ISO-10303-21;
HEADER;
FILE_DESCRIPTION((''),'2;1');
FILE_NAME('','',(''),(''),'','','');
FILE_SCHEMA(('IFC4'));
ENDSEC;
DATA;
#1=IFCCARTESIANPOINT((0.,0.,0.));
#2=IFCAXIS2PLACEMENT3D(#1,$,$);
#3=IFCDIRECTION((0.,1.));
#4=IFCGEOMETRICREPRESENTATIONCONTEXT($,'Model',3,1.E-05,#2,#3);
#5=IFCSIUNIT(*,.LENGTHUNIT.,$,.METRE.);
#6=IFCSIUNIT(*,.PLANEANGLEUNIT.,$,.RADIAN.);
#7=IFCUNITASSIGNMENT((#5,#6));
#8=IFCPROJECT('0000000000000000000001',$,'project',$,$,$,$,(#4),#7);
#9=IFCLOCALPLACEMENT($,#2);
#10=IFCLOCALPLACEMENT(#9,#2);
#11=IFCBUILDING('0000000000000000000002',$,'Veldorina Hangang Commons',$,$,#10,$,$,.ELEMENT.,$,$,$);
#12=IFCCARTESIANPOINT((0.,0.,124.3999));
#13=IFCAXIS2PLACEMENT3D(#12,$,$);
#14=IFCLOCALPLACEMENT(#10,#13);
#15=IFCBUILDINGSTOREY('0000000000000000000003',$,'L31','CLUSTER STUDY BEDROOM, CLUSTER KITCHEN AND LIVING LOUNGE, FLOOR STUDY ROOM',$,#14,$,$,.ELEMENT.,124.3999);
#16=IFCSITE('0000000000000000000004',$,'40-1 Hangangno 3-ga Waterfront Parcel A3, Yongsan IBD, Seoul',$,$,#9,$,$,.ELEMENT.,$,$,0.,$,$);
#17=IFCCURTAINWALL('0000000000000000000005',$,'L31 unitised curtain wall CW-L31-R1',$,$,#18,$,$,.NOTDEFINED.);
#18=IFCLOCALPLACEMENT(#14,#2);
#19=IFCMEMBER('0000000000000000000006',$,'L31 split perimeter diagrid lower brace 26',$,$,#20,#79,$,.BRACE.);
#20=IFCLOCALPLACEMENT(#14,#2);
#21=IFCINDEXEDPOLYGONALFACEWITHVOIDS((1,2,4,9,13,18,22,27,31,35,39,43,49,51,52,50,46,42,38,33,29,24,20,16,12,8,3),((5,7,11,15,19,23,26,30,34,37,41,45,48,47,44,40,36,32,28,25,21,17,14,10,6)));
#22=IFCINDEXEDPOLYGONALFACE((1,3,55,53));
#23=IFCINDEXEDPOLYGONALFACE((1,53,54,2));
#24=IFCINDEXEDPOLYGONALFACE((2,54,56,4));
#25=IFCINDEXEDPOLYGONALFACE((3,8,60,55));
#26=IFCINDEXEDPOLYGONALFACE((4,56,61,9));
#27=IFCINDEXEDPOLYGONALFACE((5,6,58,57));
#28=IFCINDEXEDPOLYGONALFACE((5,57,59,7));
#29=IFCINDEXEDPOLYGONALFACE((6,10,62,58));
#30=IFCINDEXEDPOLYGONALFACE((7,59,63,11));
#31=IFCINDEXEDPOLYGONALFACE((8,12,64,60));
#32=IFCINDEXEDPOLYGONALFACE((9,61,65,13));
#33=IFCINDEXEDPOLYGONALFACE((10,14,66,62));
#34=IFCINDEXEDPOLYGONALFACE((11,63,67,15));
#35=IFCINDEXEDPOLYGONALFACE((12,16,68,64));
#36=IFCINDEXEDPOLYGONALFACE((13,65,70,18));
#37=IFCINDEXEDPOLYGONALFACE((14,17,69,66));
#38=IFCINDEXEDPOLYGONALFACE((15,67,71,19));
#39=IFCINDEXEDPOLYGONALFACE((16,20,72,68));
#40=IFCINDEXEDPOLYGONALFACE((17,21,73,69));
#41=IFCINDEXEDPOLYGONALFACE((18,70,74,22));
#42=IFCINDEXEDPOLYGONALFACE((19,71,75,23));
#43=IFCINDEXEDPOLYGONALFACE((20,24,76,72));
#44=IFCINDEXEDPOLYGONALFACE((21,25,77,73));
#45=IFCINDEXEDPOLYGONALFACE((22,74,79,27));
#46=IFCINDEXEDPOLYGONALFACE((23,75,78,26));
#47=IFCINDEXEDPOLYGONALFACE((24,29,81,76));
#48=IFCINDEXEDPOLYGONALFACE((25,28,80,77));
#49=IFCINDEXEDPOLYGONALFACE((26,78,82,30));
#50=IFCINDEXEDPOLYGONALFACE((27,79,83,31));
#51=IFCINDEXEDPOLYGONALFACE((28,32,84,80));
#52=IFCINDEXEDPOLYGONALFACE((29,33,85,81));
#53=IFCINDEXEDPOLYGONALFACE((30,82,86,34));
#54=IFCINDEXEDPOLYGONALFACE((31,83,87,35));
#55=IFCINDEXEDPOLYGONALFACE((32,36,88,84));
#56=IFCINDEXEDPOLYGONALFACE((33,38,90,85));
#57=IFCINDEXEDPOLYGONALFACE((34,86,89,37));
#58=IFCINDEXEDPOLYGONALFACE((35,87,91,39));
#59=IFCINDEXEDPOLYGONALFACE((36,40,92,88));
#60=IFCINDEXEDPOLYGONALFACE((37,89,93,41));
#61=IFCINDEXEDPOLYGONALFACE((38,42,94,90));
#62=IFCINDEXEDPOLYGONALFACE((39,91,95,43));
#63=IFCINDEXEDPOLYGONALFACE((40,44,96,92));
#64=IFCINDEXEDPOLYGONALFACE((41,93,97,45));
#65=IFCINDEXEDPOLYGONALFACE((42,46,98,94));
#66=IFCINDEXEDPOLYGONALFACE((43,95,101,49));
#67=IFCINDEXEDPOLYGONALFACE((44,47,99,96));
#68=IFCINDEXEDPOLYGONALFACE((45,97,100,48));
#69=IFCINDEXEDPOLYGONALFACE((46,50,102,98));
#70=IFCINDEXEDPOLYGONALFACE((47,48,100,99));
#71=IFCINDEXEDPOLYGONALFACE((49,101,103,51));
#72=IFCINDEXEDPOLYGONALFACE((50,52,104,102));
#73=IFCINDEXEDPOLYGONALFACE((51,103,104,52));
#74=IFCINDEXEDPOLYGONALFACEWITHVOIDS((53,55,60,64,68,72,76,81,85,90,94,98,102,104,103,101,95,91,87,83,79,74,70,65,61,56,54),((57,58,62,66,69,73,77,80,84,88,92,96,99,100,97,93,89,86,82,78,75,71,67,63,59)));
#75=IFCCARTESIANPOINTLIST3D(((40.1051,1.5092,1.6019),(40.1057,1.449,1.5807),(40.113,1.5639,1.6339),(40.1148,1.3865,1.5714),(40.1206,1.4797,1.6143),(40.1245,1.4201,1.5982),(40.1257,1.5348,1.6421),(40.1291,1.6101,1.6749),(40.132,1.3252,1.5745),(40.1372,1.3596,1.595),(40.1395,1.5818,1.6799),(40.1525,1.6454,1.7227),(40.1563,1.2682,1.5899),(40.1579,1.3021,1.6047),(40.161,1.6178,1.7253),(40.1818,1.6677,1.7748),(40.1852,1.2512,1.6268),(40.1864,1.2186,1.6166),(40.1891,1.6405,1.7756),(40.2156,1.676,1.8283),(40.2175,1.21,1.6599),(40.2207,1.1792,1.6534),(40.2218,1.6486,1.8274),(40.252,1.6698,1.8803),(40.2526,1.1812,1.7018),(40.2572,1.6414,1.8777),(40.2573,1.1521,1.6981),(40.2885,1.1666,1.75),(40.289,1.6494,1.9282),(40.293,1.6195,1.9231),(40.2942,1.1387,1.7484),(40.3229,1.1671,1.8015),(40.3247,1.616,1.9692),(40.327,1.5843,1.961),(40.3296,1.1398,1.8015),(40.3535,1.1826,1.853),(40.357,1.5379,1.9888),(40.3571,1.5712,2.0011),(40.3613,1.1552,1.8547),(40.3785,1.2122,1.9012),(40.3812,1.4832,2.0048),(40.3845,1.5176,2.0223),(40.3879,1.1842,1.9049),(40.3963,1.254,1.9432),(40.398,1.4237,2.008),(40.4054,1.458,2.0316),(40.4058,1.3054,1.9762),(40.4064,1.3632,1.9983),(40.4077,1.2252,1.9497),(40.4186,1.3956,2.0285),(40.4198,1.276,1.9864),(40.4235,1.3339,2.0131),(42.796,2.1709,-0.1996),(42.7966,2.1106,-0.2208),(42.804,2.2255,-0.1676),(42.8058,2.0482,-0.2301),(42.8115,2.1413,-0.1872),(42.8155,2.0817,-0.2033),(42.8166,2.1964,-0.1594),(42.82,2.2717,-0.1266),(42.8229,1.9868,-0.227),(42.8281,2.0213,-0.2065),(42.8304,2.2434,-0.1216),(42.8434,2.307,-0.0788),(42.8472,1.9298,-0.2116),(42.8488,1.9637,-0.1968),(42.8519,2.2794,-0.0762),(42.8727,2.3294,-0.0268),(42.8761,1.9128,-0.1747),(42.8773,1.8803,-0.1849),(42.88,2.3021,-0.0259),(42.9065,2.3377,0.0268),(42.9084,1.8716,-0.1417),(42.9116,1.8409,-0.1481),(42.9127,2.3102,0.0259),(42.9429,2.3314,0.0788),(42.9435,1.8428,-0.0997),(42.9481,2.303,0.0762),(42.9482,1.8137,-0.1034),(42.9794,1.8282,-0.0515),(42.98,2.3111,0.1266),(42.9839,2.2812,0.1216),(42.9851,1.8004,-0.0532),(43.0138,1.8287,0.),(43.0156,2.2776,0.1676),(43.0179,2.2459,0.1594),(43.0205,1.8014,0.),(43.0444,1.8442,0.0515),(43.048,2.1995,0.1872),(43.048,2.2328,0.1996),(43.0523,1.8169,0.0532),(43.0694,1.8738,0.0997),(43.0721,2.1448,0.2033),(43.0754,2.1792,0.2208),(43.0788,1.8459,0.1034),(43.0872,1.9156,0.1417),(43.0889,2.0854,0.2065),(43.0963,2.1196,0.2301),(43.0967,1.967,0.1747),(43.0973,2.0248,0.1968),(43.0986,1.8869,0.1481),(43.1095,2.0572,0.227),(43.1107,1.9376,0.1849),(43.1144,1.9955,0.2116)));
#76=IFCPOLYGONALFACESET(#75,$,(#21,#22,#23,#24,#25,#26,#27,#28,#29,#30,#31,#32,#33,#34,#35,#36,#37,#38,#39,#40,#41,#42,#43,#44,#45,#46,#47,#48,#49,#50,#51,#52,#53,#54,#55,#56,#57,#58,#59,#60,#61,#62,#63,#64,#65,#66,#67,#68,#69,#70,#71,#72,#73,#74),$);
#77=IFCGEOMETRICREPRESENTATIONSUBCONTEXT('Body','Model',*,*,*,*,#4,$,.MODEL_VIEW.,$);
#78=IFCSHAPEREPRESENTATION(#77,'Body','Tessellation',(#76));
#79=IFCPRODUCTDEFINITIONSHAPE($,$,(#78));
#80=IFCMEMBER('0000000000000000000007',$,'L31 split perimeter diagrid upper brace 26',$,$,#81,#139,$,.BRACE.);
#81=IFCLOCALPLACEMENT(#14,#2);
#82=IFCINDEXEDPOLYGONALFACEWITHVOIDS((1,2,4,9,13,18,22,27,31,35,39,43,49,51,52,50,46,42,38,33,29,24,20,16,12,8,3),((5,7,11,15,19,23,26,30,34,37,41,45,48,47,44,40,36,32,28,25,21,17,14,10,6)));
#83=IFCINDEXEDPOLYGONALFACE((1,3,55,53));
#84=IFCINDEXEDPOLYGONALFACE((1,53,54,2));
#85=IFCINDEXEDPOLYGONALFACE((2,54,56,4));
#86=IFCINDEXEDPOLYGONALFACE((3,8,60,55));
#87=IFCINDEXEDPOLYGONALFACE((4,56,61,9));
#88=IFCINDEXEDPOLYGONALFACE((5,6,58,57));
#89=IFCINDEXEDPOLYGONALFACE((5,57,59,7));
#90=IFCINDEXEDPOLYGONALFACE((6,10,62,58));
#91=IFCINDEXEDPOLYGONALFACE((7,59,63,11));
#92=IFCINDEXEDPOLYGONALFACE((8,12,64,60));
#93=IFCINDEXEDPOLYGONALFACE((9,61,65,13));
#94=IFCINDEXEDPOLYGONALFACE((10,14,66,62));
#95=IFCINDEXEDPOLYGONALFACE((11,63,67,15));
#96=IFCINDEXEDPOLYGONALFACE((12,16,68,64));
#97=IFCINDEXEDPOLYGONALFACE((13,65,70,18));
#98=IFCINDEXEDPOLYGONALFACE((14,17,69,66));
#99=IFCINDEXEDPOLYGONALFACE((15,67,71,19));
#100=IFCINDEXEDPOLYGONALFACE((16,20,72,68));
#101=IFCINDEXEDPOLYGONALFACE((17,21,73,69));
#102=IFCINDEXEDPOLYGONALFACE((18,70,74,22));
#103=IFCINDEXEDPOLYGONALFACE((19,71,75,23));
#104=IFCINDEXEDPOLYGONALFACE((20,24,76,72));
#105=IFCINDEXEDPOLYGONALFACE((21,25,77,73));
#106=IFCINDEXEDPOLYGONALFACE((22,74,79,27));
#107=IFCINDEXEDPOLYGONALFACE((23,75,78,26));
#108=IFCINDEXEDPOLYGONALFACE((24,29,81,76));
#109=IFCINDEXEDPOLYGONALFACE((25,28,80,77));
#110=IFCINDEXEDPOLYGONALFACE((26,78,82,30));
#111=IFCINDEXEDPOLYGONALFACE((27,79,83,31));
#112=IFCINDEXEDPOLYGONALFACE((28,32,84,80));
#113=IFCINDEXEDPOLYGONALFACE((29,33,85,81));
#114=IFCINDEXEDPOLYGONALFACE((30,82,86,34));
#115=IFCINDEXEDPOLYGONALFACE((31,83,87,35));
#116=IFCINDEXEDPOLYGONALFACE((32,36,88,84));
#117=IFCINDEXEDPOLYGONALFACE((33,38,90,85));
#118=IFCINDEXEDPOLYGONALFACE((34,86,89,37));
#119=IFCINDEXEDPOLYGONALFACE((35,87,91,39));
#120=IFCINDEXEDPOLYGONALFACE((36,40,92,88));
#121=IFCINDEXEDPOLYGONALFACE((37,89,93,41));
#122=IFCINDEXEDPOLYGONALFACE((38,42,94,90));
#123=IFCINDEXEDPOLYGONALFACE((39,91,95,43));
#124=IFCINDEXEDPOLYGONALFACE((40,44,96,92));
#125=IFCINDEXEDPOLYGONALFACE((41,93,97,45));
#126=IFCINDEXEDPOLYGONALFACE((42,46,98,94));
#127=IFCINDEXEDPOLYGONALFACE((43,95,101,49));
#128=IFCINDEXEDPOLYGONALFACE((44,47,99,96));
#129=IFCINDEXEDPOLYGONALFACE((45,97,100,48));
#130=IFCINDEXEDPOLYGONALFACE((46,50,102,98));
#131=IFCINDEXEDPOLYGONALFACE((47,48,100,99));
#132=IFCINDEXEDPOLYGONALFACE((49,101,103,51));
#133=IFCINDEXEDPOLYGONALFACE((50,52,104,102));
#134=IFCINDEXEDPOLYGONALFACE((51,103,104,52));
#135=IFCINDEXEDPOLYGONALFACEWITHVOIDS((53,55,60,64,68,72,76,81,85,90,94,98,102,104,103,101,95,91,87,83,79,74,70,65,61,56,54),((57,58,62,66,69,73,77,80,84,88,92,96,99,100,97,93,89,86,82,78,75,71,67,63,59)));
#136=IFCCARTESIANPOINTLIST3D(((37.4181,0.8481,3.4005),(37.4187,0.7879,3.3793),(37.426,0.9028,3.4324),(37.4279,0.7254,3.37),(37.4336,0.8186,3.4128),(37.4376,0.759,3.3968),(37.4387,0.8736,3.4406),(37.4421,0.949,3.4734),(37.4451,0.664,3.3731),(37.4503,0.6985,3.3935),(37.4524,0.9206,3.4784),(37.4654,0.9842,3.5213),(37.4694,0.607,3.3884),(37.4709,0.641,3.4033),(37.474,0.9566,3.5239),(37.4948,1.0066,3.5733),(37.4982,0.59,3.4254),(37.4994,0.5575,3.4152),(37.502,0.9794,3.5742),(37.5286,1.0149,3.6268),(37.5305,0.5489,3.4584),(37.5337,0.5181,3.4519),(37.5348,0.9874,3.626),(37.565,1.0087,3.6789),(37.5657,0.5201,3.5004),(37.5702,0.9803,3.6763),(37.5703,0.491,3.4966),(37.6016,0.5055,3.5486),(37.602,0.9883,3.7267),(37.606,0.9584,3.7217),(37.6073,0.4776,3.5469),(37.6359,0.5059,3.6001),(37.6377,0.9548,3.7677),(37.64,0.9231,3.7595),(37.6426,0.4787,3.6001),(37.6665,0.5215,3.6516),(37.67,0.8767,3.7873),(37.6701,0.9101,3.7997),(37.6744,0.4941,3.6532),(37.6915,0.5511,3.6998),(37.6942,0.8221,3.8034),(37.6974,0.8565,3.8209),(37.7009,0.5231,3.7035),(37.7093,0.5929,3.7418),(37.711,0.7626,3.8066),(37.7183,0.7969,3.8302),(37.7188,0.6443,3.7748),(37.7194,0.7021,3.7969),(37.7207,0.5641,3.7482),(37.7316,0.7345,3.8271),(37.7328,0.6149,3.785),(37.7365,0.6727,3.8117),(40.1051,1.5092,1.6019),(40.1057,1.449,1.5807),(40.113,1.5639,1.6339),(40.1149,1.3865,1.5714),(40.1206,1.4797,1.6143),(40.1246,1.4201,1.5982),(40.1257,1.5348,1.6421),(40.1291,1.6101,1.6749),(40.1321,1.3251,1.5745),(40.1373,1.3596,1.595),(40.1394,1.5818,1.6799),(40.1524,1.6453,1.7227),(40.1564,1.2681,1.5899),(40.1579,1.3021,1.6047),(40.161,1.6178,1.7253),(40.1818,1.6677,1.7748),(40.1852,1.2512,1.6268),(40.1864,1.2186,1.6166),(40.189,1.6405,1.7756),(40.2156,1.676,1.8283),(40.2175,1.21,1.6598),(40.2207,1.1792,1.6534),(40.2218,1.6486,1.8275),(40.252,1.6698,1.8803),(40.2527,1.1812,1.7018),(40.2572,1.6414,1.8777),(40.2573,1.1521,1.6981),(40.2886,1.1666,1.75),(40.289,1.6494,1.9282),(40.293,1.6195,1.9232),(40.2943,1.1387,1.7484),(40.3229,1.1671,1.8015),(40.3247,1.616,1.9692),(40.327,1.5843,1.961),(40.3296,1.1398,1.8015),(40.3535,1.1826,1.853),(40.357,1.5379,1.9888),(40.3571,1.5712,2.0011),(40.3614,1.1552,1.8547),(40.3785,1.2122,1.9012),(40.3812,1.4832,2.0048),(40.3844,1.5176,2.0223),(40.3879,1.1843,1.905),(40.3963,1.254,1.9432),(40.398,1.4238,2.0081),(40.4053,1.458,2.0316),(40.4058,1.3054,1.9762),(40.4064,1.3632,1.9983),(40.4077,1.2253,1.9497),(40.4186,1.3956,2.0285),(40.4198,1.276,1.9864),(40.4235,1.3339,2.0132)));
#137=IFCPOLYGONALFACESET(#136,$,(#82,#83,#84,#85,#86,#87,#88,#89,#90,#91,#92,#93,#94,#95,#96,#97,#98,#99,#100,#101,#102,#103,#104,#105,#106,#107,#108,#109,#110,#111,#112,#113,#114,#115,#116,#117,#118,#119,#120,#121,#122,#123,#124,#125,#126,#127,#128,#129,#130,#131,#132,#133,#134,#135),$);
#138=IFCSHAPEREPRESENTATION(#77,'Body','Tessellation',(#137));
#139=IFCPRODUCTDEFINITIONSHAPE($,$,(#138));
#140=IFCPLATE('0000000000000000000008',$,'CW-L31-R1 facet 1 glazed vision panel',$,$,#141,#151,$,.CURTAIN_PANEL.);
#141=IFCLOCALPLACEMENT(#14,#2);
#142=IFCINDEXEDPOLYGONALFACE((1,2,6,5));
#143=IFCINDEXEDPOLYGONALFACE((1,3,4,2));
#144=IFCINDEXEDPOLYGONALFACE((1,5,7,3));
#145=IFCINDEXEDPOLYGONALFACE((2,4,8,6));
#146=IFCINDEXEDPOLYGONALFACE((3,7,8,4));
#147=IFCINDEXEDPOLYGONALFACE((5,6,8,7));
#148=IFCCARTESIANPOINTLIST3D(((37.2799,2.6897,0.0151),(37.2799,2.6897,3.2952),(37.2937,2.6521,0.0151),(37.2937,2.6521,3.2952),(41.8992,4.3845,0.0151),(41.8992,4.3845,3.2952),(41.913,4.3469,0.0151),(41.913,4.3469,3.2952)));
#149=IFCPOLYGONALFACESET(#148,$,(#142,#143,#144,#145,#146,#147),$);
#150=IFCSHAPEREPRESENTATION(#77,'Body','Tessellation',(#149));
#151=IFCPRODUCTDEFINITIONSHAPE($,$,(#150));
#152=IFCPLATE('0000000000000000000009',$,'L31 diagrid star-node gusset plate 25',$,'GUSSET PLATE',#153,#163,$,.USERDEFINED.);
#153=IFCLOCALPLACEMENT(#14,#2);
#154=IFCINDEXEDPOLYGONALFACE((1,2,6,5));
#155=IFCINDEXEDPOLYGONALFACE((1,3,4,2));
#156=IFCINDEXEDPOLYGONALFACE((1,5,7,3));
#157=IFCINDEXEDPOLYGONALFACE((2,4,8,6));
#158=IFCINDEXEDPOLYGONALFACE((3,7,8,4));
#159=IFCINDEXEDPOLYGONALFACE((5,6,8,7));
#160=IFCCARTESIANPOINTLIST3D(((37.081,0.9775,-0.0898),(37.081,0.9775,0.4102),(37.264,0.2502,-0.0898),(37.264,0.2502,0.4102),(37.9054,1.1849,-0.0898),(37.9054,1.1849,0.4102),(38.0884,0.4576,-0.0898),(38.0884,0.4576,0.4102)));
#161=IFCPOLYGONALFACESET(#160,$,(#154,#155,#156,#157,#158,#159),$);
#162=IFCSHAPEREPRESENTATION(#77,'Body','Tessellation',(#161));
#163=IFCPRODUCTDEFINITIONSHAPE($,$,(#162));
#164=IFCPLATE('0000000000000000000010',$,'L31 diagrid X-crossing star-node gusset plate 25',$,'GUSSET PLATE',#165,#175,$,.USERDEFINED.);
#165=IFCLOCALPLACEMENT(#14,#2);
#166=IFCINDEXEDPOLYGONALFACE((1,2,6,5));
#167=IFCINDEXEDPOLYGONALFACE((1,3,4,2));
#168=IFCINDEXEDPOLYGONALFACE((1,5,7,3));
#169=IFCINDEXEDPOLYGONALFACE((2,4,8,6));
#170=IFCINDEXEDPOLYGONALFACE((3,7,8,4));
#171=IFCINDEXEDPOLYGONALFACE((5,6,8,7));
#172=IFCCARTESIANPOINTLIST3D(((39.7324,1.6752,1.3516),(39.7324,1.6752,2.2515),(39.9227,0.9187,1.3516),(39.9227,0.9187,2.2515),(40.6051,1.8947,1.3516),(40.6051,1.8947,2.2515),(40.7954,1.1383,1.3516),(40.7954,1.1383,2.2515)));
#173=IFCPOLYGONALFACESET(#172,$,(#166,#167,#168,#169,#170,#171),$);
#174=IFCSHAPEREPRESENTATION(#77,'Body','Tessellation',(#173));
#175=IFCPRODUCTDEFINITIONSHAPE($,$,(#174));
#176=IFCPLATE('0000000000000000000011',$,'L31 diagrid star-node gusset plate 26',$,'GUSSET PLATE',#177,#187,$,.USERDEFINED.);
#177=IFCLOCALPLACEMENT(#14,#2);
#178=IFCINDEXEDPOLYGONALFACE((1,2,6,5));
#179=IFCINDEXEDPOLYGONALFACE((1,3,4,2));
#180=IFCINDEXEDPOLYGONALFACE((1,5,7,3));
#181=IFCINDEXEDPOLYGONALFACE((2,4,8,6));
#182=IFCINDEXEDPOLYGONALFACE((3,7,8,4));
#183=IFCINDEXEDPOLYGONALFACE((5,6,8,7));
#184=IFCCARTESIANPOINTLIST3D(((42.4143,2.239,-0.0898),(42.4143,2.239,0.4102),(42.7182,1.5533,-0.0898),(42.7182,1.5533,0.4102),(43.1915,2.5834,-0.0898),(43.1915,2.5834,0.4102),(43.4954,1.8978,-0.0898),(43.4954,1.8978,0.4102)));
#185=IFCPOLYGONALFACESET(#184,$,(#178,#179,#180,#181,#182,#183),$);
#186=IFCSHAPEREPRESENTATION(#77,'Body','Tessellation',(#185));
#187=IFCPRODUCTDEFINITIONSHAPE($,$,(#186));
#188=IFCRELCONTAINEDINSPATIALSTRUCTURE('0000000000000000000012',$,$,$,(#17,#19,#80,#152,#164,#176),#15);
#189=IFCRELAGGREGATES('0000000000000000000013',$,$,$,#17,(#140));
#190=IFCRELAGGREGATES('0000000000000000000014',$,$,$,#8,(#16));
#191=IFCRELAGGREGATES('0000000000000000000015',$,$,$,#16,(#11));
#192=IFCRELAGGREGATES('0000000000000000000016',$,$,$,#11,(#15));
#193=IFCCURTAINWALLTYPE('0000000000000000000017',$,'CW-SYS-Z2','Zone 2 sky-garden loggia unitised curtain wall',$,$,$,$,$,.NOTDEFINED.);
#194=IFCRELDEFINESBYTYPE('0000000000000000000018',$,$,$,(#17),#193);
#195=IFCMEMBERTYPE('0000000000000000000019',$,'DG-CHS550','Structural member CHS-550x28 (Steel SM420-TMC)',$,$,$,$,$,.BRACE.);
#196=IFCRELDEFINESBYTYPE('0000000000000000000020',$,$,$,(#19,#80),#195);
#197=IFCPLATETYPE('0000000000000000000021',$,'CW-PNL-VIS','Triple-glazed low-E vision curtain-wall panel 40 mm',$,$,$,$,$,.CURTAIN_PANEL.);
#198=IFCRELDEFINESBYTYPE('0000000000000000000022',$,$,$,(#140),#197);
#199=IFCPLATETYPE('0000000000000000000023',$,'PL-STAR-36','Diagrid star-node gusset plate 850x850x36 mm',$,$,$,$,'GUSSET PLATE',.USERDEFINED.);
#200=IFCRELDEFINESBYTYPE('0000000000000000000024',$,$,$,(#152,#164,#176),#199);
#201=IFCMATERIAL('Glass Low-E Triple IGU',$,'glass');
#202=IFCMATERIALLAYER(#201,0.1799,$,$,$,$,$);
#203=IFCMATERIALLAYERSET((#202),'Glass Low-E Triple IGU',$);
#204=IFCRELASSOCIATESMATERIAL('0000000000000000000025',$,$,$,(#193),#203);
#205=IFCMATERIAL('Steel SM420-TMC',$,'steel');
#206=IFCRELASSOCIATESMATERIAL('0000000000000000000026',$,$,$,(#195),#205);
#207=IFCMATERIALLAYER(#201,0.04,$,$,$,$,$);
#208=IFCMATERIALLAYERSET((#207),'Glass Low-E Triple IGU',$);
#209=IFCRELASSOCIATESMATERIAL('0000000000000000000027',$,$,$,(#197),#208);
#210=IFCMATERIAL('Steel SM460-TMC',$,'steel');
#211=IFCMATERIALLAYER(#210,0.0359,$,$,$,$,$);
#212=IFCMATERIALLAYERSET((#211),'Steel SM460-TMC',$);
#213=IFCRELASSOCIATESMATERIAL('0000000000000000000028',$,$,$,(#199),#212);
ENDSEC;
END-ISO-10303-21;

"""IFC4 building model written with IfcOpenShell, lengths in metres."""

from ifc_helpers import new_model, si_unit, direction, frame, origin, origin_2d, place, context, subcontext, project, spatial, rectangle, hollow_circle, extrude, material, layer, layer_set, material_profile, profile_set, type_object, element, aggregate, save


model = new_model("IFC4")

# Units and contexts
model_context = context("Model", 3, precision=1e-05, world=origin(), true_north=direction((0.0, 1.0)))
body_context = subcontext(model_context, "Body", "Model", "MODEL_VIEW")
ifc_project = project(units=[si_unit("LENGTHUNIT", "METRE"), si_unit("PLANEANGLEUNIT", "RADIAN")], contexts=[model_context])

# Site, building, storey
site_placement = place(None, origin())
site = spatial("IfcSite", under=ifc_project, at=site_placement, Name="40-1 Hangangno 3-ga Waterfront Parcel A3, Yongsan IBD, Seoul", CompositionType="ELEMENT", RefElevation=0.0)
building_placement = place(site_placement, origin())
building = spatial("IfcBuilding", under=site, at=building_placement, Name="Veldorina Hangang Commons", CompositionType="ELEMENT")
storey_placement = place(building_placement, frame((0.0, 0.0, 124.3999)))
storey = spatial("IfcBuildingStorey", under=building, at=storey_placement, Name="L31", Description="CLUSTER STUDY BEDROOM, CLUSTER KITCHEN AND LIVING LOUNGE, FLOOR STUDY ROOM", CompositionType="ELEMENT", Elevation=124.3999)

# Shared definitions
ifc_material_1 = material(Name="Steel SM420-TMC", Category="steel")

# Curtain wall
ifc_material_2 = material(Name="Glass Low-E Triple IGU", Category="glass")
ifc_layer_1 = layer(ifc_material_2, 0.1799)
ifc_layer_set_1 = layer_set([ifc_layer_1], Name="Glass Low-E Triple IGU")
curtain_wall_type = type_object("IfcCurtainWallType", Name="CW-SYS-Z2", Description="Zone 2 sky-garden loggia unitised curtain wall", PredefinedType="NOTDEFINED", material=ifc_layer_set_1)
curtain_wall_placement = place(storey_placement, origin())
curtain_wall = element("IfcCurtainWall", 1, at=curtain_wall_placement, inside=storey, type_object=curtain_wall_type, Name="L31 unitised curtain wall CW-L31-R1", PredefinedType="NOTDEFINED")

# Members
ifc_material_profile_1 = material_profile(ifc_material_1, hollow_circle(Radius=0.2749, WallThickness=0.0281, at=origin_2d()), Name="CHS-550x28")
ifc_profile_set_1 = profile_set([ifc_material_profile_1], Name="Steel SM420-TMC")
member_type_1 = type_object("IfcMemberType", Name="DG-CHS550", Description="Structural member CHS-550x28 (Steel SM420-TMC)", PredefinedType="BRACE", material=ifc_profile_set_1)
member_1_placement = place(storey_placement, frame((42.9548, 2.0684, 0.0), z_axis=(-0.814151, -0.200177, 0.545057), x_axis=(0.238761, -0.971078, 0.0)))
element("IfcMember", 2, at=member_1_placement, inside=storey, type_object=member_type_1, Name="L31 split perimeter diagrid lower brace 26", PredefinedType="BRACE", context=body_context, shape_type="SweptSolid", body=[
    extrude(hollow_circle(Radius=0.2749, WallThickness=0.0281, at=origin_2d()), origin(), (0.0, 0.0, 1.0), 3.3052),
])
member_2_placement = place(storey_placement, frame((40.2639, 1.4067, 1.8015), z_axis=(-0.81417, -0.200325, 0.544975), x_axis=(0.238922, -0.971039, 0.0)))
element("IfcMember", 3, at=member_2_placement, inside=storey, type_object=member_type_1, Name="L31 split perimeter diagrid upper brace 26", PredefinedType="BRACE", context=body_context, shape_type="SweptSolid", body=[
    extrude(hollow_circle(Radius=0.2749, WallThickness=0.0281, at=origin_2d()), origin(), (0.0, 0.0, 1.0), 3.3003),
])

# Plate
ifc_layer_2 = layer(ifc_material_2, 0.04)
ifc_layer_set_2 = layer_set([ifc_layer_2], Name="Glass Low-E Triple IGU")
plate_type_1 = type_object("IfcPlateType", Name="CW-PNL-VIS", Description="Triple-glazed low-E vision curtain-wall panel 40 mm", PredefinedType="CURTAIN_PANEL", material=ifc_layer_set_2)
plate_1_placement = place(storey_placement, frame((39.5964, 3.5183, 0.0151), z_axis=(0.0, 0.0, 1.0), x_axis=(0.938812, 0.34443, 0.0)))
plate_1 = element("IfcPlate", 4, at=plate_1_placement, type_object=plate_type_1, Name="CW-L31-R1 facet 1 glazed vision panel", PredefinedType="CURTAIN_PANEL", context=body_context, shape_type="SweptSolid", body=[
    extrude(rectangle(XDim=4.9204, YDim=0.04, at=origin_2d()), origin(), (0.0, 0.0, 1.0), 3.28),
])
aggregate(curtain_wall, [plate_1])

# Plates
ifc_material_3 = material(Name="Steel SM460-TMC", Category="steel")
ifc_layer_3 = layer(ifc_material_3, 0.0359)
ifc_layer_set_3 = layer_set([ifc_layer_3], Name="Steel SM460-TMC")
plate_type_2 = type_object("IfcPlateType", Name="PL-STAR-36", Description="Diagrid star-node gusset plate 850x850x36 mm", ElementType="GUSSET PLATE", PredefinedType="USERDEFINED", material=ifc_layer_set_3)
plate_2_placement = place(storey_placement, frame((37.5847, 0.7175, -0.0898), z_axis=(0.0, 0.0, 1.0), x_axis=(0.969787, 0.243954, 0.0)))
element("IfcPlate", 5, at=plate_2_placement, inside=storey, type_object=plate_type_2, Name="L31 diagrid star-node gusset plate 25", ObjectType="GUSSET PLATE", PredefinedType="USERDEFINED", context=body_context, shape_type="SweptSolid", body=[
    extrude(rectangle(XDim=0.8501, YDim=0.75, at=origin_2d()), origin(), (0.0, 0.0, 1.0), 0.5),
])
plate_3_placement = place(storey_placement, frame((40.2639, 1.4067, 1.3516), z_axis=(0.0, 0.0, 1.0), x_axis=(0.969787, 0.243954, 0.0)))
element("IfcPlate", 6, at=plate_3_placement, inside=storey, type_object=plate_type_2, Name="L31 diagrid X-crossing star-node gusset plate 25", ObjectType="GUSSET PLATE", PredefinedType="USERDEFINED", context=body_context, shape_type="SweptSolid", body=[
    extrude(rectangle(XDim=0.8999, YDim=0.78, at=origin_2d()), origin(), (0.0, 0.0, 1.0), 0.8999),
])
plate_4_placement = place(storey_placement, frame((42.9548, 2.0684, -0.0898), z_axis=(0.0, 0.0, 1.0), x_axis=(0.914219, 0.405221, 0.0)))
element("IfcPlate", 7, at=plate_4_placement, inside=storey, type_object=plate_type_2, Name="L31 diagrid star-node gusset plate 26", ObjectType="GUSSET PLATE", PredefinedType="USERDEFINED", context=body_context, shape_type="SweptSolid", body=[
    extrude(rectangle(XDim=0.8501, YDim=0.75, at=origin_2d()), origin(), (0.0, 0.0, 1.0), 0.5),
])

save(model, "model.ifc")
